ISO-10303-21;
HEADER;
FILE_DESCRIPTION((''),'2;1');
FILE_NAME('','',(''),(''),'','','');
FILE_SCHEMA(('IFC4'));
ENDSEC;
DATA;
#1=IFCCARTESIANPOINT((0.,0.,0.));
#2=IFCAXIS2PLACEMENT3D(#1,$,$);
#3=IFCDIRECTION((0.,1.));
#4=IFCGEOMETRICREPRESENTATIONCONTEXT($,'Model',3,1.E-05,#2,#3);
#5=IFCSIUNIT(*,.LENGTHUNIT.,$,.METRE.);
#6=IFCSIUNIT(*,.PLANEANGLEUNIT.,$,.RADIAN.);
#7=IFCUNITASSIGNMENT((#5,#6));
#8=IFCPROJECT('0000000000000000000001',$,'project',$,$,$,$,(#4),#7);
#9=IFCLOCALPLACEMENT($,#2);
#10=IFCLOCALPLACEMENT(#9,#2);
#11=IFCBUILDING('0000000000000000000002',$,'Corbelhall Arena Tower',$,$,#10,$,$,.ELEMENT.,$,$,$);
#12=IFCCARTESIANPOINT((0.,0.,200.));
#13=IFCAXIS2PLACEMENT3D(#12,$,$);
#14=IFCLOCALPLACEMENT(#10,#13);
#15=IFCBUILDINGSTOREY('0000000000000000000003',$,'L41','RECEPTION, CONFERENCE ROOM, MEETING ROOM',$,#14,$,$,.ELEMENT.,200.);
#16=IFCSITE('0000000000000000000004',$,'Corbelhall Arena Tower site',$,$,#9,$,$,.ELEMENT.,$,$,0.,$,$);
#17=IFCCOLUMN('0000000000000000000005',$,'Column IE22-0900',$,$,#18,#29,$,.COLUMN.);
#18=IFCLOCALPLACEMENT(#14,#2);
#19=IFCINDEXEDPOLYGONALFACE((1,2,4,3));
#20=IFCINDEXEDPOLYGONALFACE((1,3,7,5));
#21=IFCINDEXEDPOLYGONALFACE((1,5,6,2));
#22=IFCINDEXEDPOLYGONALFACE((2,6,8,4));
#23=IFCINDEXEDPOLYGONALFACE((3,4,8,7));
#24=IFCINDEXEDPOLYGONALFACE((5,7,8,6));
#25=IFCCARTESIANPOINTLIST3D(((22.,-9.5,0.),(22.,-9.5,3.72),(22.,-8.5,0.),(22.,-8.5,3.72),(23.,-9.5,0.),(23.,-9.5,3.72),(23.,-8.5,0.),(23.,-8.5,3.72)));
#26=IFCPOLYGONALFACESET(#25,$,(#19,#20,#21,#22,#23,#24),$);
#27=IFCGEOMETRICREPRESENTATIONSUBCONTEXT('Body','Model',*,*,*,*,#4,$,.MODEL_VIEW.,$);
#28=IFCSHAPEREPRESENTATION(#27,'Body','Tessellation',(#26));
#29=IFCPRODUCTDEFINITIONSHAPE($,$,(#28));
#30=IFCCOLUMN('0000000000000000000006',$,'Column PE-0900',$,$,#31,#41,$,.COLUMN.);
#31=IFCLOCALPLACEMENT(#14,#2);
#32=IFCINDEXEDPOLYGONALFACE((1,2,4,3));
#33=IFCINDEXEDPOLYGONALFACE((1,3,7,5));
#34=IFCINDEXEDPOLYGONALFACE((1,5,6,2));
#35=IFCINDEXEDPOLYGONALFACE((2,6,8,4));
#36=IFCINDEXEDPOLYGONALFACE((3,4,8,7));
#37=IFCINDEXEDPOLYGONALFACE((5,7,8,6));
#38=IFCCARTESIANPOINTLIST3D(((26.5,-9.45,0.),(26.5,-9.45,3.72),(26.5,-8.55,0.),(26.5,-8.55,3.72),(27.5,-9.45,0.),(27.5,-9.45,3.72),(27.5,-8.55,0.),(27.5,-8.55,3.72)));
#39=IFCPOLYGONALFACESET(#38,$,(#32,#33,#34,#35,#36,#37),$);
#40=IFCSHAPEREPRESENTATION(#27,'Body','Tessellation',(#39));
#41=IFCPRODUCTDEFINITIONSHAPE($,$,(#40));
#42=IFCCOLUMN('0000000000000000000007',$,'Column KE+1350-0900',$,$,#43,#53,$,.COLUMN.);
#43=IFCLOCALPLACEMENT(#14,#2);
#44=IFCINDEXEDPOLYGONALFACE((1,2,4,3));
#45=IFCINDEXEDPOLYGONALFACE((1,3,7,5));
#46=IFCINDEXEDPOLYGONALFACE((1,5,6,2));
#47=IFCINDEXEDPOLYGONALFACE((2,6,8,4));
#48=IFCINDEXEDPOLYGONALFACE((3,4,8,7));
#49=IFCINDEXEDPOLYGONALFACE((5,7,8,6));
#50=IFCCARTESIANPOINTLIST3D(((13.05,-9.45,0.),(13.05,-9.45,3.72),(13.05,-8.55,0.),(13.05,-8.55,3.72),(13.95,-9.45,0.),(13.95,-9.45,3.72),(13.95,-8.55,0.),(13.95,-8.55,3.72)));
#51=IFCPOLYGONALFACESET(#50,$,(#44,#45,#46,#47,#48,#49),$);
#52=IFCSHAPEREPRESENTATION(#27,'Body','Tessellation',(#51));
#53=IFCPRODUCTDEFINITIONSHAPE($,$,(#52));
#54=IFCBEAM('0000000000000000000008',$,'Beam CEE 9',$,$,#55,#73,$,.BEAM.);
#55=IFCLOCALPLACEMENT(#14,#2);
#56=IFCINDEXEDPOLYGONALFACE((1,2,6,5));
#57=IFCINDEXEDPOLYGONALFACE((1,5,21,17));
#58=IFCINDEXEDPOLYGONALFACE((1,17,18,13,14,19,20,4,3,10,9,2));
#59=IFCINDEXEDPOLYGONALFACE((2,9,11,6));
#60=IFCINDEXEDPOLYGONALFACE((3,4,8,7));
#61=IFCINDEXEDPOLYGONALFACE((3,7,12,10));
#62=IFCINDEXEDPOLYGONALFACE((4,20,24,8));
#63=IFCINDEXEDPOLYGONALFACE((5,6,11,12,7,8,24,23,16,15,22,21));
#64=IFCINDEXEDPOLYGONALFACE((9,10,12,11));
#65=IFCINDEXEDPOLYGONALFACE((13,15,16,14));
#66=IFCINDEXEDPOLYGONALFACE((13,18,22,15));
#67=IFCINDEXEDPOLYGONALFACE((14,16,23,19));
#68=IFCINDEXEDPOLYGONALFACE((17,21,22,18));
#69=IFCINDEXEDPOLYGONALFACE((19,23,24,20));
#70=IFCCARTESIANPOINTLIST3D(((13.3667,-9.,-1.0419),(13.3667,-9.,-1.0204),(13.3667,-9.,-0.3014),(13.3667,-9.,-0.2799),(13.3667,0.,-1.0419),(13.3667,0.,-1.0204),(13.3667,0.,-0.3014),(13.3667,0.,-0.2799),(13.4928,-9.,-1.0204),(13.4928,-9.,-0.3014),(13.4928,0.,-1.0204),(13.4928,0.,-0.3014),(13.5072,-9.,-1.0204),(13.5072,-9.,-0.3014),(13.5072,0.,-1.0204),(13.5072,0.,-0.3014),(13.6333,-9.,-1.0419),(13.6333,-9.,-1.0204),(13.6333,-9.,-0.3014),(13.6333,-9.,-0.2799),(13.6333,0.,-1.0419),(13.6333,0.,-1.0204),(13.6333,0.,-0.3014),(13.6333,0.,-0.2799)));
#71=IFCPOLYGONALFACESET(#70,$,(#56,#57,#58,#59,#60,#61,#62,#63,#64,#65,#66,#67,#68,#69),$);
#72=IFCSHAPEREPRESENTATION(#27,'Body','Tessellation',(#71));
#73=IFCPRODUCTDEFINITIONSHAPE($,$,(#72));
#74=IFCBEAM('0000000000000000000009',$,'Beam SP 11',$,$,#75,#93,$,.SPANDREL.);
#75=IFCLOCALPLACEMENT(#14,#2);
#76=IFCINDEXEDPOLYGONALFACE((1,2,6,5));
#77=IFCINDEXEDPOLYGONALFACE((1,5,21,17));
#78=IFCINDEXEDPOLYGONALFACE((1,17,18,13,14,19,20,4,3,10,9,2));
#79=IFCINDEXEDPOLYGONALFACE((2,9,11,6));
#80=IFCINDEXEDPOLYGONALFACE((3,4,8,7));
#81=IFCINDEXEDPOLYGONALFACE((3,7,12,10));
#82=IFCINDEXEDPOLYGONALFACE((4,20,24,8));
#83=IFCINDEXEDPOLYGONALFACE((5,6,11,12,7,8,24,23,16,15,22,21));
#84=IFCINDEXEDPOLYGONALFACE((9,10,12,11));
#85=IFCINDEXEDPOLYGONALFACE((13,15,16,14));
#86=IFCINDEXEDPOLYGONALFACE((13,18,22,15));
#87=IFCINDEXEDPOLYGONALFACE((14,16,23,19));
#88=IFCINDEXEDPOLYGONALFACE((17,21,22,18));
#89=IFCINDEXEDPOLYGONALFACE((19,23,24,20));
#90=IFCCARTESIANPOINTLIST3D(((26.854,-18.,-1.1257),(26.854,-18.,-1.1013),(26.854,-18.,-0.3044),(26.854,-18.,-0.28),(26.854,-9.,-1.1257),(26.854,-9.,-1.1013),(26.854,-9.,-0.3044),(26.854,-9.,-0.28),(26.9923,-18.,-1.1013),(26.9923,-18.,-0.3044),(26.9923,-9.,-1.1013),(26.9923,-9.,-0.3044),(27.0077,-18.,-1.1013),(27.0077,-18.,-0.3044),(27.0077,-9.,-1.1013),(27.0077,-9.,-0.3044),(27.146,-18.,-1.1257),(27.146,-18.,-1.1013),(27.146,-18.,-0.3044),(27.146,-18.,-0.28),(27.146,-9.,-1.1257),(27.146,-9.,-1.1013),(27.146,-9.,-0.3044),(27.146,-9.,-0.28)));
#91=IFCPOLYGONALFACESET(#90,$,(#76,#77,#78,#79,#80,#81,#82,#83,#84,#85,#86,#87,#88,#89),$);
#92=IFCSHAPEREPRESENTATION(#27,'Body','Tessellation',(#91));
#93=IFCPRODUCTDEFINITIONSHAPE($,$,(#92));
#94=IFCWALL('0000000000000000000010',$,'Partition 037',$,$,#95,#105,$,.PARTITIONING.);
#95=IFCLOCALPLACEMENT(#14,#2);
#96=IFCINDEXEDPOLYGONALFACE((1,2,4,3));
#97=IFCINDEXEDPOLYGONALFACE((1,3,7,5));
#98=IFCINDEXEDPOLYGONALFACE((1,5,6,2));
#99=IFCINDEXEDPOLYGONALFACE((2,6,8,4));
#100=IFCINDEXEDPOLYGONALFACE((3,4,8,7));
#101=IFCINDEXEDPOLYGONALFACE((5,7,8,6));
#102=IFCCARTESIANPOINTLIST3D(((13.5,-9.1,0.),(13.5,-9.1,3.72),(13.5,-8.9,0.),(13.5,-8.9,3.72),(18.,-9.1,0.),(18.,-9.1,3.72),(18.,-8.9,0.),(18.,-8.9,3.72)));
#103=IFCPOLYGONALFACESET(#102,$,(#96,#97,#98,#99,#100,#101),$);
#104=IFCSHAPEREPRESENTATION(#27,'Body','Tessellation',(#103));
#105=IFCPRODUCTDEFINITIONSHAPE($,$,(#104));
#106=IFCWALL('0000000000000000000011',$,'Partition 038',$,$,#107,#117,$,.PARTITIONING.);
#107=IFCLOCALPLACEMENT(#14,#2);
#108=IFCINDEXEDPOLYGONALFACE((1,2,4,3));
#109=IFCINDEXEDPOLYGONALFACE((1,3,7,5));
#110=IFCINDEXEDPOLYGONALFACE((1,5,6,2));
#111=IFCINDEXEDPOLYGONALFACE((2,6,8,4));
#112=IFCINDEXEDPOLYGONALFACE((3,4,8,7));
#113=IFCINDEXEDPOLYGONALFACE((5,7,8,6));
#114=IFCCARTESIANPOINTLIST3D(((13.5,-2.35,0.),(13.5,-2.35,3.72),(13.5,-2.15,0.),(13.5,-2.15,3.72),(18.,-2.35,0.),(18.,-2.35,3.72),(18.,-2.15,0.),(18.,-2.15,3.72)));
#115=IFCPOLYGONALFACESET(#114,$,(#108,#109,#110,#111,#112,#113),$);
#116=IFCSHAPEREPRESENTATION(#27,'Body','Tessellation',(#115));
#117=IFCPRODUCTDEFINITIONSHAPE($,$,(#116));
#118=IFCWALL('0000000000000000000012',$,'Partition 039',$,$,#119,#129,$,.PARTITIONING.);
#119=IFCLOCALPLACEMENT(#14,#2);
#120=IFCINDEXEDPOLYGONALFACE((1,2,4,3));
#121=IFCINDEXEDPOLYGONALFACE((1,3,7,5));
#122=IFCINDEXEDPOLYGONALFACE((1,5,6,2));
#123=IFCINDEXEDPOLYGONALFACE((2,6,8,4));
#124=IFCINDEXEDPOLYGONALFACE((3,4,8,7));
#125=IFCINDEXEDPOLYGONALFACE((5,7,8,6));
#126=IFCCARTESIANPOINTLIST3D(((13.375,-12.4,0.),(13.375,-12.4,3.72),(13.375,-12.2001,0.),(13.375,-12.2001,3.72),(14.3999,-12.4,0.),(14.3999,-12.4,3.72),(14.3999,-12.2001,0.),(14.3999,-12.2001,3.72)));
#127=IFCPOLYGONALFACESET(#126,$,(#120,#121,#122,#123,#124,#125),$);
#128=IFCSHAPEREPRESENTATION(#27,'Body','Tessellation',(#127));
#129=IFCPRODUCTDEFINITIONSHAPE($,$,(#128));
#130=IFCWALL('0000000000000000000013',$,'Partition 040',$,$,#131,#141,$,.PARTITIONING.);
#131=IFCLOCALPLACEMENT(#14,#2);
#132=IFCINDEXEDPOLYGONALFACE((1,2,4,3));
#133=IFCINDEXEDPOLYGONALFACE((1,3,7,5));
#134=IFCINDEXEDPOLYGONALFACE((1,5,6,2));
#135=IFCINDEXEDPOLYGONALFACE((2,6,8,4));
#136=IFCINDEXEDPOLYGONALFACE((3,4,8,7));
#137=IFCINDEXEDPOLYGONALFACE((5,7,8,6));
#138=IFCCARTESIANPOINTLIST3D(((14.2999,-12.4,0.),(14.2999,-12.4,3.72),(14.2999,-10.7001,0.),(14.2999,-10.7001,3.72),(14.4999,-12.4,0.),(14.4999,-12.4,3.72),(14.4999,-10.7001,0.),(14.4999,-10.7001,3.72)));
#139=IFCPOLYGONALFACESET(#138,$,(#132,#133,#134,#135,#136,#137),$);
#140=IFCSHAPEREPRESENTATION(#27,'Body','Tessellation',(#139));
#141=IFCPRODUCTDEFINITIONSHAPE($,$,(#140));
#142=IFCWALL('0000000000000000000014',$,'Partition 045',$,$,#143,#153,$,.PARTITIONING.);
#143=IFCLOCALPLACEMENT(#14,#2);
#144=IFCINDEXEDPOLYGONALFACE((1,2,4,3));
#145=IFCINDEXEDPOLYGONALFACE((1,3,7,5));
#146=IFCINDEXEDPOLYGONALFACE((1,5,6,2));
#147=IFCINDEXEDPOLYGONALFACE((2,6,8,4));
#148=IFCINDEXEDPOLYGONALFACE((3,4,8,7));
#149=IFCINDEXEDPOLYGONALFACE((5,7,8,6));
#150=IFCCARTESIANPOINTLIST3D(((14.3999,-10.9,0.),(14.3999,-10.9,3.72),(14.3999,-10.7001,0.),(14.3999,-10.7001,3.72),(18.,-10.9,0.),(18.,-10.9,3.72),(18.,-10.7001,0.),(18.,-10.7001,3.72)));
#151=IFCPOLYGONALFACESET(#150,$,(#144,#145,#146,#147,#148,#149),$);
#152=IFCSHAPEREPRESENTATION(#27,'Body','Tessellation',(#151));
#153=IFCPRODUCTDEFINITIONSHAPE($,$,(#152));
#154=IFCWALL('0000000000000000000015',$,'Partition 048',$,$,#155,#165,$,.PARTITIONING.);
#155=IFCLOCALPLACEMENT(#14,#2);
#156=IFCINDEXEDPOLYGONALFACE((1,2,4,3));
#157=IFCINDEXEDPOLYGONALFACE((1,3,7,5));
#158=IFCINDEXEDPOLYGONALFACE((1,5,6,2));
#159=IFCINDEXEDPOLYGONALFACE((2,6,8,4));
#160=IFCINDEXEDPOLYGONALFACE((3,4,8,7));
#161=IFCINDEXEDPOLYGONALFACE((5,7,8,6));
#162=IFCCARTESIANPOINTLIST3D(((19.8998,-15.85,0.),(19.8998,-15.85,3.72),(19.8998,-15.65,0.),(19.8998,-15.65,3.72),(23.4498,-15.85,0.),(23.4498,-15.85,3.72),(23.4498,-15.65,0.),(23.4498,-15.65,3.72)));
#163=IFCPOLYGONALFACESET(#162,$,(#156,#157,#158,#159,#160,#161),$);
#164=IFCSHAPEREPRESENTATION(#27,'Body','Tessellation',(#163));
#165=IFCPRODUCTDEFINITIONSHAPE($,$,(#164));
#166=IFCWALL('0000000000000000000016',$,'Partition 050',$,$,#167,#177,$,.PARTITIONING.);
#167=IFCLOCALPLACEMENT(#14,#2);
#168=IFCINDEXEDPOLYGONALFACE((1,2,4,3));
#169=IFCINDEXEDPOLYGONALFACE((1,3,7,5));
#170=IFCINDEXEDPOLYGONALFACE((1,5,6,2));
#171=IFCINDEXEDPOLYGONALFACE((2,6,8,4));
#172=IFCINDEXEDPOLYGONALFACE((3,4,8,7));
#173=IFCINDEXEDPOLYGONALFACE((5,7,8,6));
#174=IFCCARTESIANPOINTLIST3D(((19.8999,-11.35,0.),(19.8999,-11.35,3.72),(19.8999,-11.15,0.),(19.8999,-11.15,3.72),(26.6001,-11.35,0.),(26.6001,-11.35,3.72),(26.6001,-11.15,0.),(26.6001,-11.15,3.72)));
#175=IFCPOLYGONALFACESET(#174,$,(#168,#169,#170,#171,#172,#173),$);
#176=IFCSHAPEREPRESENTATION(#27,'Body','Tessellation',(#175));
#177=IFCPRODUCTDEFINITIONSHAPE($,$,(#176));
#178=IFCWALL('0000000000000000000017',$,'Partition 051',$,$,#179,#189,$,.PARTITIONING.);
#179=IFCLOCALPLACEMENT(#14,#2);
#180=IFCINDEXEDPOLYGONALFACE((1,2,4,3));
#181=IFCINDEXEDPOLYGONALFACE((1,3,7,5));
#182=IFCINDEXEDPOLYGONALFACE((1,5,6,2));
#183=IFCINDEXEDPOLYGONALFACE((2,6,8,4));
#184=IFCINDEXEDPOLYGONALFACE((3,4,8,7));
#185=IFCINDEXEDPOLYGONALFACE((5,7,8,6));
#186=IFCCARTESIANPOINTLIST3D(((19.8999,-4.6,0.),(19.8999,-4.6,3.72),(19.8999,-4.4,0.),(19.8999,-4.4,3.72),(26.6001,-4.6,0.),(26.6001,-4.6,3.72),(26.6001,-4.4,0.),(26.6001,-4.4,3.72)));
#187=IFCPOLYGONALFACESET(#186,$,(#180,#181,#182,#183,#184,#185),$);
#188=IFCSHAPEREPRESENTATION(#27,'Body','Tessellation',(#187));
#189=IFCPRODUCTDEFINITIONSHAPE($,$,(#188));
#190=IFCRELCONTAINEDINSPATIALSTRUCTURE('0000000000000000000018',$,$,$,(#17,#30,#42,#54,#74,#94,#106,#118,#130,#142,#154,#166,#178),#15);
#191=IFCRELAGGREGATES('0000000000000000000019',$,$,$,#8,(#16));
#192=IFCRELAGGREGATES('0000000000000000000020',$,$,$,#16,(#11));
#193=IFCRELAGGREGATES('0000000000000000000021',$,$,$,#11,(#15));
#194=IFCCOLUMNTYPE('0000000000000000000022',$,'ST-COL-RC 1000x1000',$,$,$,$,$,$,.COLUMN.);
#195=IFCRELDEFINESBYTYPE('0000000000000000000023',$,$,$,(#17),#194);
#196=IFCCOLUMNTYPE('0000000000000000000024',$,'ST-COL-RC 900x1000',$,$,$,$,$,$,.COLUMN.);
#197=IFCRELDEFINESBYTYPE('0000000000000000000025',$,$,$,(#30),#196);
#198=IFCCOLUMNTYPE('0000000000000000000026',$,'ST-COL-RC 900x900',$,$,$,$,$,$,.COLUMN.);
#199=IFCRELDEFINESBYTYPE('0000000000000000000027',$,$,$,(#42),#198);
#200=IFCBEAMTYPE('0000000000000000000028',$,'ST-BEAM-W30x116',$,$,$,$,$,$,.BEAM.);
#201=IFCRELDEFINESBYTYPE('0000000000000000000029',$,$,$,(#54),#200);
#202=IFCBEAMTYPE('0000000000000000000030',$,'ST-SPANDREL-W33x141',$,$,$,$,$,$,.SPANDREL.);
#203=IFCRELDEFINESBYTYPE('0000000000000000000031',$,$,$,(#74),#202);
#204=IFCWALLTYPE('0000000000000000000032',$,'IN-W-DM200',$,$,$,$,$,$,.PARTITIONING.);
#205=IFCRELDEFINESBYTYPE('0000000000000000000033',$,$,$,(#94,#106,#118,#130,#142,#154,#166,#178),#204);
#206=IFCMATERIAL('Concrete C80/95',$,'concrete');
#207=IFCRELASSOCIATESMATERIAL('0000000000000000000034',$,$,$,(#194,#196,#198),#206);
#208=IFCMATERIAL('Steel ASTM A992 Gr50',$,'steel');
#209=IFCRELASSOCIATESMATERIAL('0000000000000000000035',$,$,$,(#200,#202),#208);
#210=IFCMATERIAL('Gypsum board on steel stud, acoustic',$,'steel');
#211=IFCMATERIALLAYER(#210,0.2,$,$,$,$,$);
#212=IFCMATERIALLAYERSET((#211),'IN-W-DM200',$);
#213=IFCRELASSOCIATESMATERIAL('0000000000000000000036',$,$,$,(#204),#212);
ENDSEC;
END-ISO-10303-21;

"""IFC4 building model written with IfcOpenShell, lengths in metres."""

from ifc_helpers import new_model, si_unit, direction, frame, frame_2d, origin, origin_2d, place, context, subcontext, project, spatial, rectangle, i_section, extrude, material, layer, layer_set, material_profile, profile_set, type_object, element, save


model = new_model("IFC4")

# Units and contexts
model_context = context("Model", 3, precision=1e-05, world=origin(), true_north=direction((0.0, 1.0)))
body_context = subcontext(model_context, "Body", "Model", "MODEL_VIEW")
ifc_project = project(units=[si_unit("LENGTHUNIT", "METRE"), si_unit("PLANEANGLEUNIT", "RADIAN")], contexts=[model_context])

# Site, building, storey
site_placement = place(None, origin())
site = spatial("IfcSite", under=ifc_project, at=site_placement, Name="Corbelhall Arena Tower site", CompositionType="ELEMENT", RefElevation=0.0)
building_placement = place(site_placement, origin())
building = spatial("IfcBuilding", under=site, at=building_placement, Name="Corbelhall Arena Tower", CompositionType="ELEMENT")
storey_placement = place(building_placement, frame((0.0, 0.0, 200.0)))
storey = spatial("IfcBuildingStorey", under=building, at=storey_placement, Name="L41", Description="RECEPTION, CONFERENCE ROOM, MEETING ROOM", CompositionType="ELEMENT", Elevation=200.0)

# Columns
ifc_material_1 = material(Name="Concrete C80/95", Category="concrete")
ifc_material_profile_1 = material_profile(ifc_material_1, rectangle(XDim=1.0, YDim=1.0, at=origin_2d()))
ifc_profile_set_1 = profile_set([ifc_material_profile_1], Name="Concrete C80/95")
column_type_1 = type_object("IfcColumnType", Name="ST-COL-RC 1000x1000", PredefinedType="COLUMN", material=ifc_profile_set_1)
column_1_placement = place(storey_placement, frame((22.5, -9.0, 0.0), z_axis=(0.0, 0.0, 1.0), x_axis=(1.0, 0.0, 0.0)))
element("IfcColumn", 1, at=column_1_placement, inside=storey, type_object=column_type_1, Name="Column IE22-0900", PredefinedType="COLUMN", context=body_context, shape_type="SweptSolid", body=[
    extrude(rectangle(XDim=1.0, YDim=1.0, at=origin_2d()), origin(), (0.0, 0.0, 1.0), 3.72),
])
ifc_material_profile_2 = material_profile(ifc_material_1, rectangle(XDim=0.8999, YDim=1.0, at=origin_2d()))
ifc_profile_set_2 = profile_set([ifc_material_profile_2], Name="Concrete C80/95")
column_type_2 = type_object("IfcColumnType", Name="ST-COL-RC 900x1000", PredefinedType="COLUMN", material=ifc_profile_set_2)
column_2_placement = place(storey_placement, frame((27.0, -9.0, 0.0), z_axis=(0.0, 0.0, 1.0), x_axis=(0.0, 1.0, 0.0)))
element("IfcColumn", 2, at=column_2_placement, inside=storey, type_object=column_type_2, Name="Column PE-0900", PredefinedType="COLUMN", context=body_context, shape_type="SweptSolid", body=[
    extrude(rectangle(XDim=0.8999, YDim=1.0, at=origin_2d()), origin(), (0.0, 0.0, 1.0), 3.72),
])
ifc_material_profile_3 = material_profile(ifc_material_1, rectangle(XDim=0.8999, YDim=0.8999, at=origin_2d()))
ifc_profile_set_3 = profile_set([ifc_material_profile_3], Name="Concrete C80/95")
column_type_3 = type_object("IfcColumnType", Name="ST-COL-RC 900x900", PredefinedType="COLUMN", material=ifc_profile_set_3)
column_3_placement = place(storey_placement, frame((13.5, -9.0, 0.0), z_axis=(0.0, 0.0, 1.0), x_axis=(1.0, 0.0, 0.0)))
element("IfcColumn", 3, at=column_3_placement, inside=storey, type_object=column_type_3, Name="Column KE+1350-0900", PredefinedType="COLUMN", context=body_context, shape_type="SweptSolid", body=[
    extrude(rectangle(XDim=0.8999, YDim=0.8999, at=origin_2d()), origin(), (0.0, 0.0, 1.0), 3.72),
])

# Beams
ifc_material_2 = material(Name="Steel ASTM A992 Gr50", Category="steel")
ifc_material_profile_4 = material_profile(ifc_material_2, i_section(OverallWidth=0.2666, OverallDepth=0.762, WebThickness=0.0144, FlangeThickness=0.0215, at=origin_2d()))
ifc_profile_set_4 = profile_set([ifc_material_profile_4], Name="Steel ASTM A992 Gr50")
beam_type_1 = type_object("IfcBeamType", Name="ST-BEAM-W30x116", PredefinedType="BEAM", material=ifc_profile_set_4)
beam_1_placement = place(storey_placement, frame((13.5, -9.0, -0.6609), z_axis=(0.0, 1.0, 0.0), x_axis=(-1.0, 0.0, 0.0)))
element("IfcBeam", 4, at=beam_1_placement, inside=storey, type_object=beam_type_1, Name="Beam CEE 9", PredefinedType="BEAM", context=body_context, shape_type="SweptSolid", body=[
    extrude(i_section(OverallWidth=0.2666, OverallDepth=0.762, WebThickness=0.0144, FlangeThickness=0.0215, at=origin_2d()), origin(), (0.0, 0.0, 1.0), 9.0),
])
ifc_material_profile_5 = material_profile(ifc_material_2, i_section(OverallWidth=0.292, OverallDepth=0.8457, WebThickness=0.0154, FlangeThickness=0.0244, at=origin_2d()))
ifc_profile_set_5 = profile_set([ifc_material_profile_5], Name="Steel ASTM A992 Gr50")
beam_type_2 = type_object("IfcBeamType", Name="ST-SPANDREL-W33x141", PredefinedType="SPANDREL", material=ifc_profile_set_5)
beam_2_placement = place(storey_placement, frame((27.0, -9.0, -0.7029), z_axis=(0.0, -1.0, 0.0), x_axis=(1.0, 0.0, 0.0)))
element("IfcBeam", 5, at=beam_2_placement, inside=storey, type_object=beam_type_2, Name="Beam SP 11", PredefinedType="SPANDREL", context=body_context, shape_type="SweptSolid", body=[
    extrude(i_section(OverallWidth=0.292, OverallDepth=0.8457, WebThickness=0.0154, FlangeThickness=0.0244, at=origin_2d()), origin(), (0.0, 0.0, 1.0), 9.0),
])

# Walls
ifc_material_3 = material(Name="Gypsum board on steel stud, acoustic", Category="steel")
ifc_layer_1 = layer(ifc_material_3, 0.2)
ifc_layer_set_1 = layer_set([ifc_layer_1], Name="IN-W-DM200")
wall_type_1 = type_object("IfcWallType", Name="IN-W-DM200", PredefinedType="PARTITIONING", material=ifc_layer_set_1)
for number, where, z_axis, x_axis, name in (
    (6, (13.5, -9.0, 0.0), (0.0, 0.0, 1.0), (1.0, 0.0, 0.0), "Partition 037"),
    (7, (13.5, -2.25, 0.0), (0.0, 0.0, 1.0), (1.0, 0.0, 0.0), "Partition 038"),
):
    element("IfcWall", number, at=place(storey_placement, frame(where, z_axis=z_axis, x_axis=x_axis)), inside=storey, type_object=wall_type_1, Name=name, PredefinedType="PARTITIONING", context=body_context, shape_type="SweptSolid", body=[
        extrude(rectangle(XDim=4.5, YDim=0.2, at=frame_2d((2.25, 0.0))), origin(), (0.0, 0.0, 1.0), 3.72),
    ])
wall_1_placement = place(storey_placement, frame((14.3999, -12.3, 0.0), z_axis=(0.0, 0.0, 1.0), x_axis=(-1.0, 0.0, 0.0)))
element("IfcWall", 8, at=wall_1_placement, inside=storey, type_object=wall_type_1, Name="Partition 039", PredefinedType="PARTITIONING", context=body_context, shape_type="SweptSolid", body=[
    extrude(rectangle(XDim=1.0249, YDim=0.2, at=frame_2d((0.5125, 0.0))), origin(), (0.0, 0.0, 1.0), 3.72),
])
wall_2_placement = place(storey_placement, frame((14.3999, -10.7, 0.0), z_axis=(0.0, 0.0, 1.0), x_axis=(0.0, -1.0, 0.0)))
element("IfcWall", 9, at=wall_2_placement, inside=storey, type_object=wall_type_1, Name="Partition 040", PredefinedType="PARTITIONING", context=body_context, shape_type="SweptSolid", body=[
    extrude(rectangle(XDim=1.7, YDim=0.2, at=frame_2d((0.8501, 0.0))), origin(), (0.0, 0.0, 1.0), 3.72),
])
wall_3_placement = place(storey_placement, frame((18.0, -10.8, 0.0), z_axis=(0.0, 0.0, 1.0), x_axis=(-1.0, 0.0, 0.0)))
element("IfcWall", 10, at=wall_3_placement, inside=storey, type_object=wall_type_1, Name="Partition 045", PredefinedType="PARTITIONING", context=body_context, shape_type="SweptSolid", body=[
    extrude(rectangle(XDim=3.6001, YDim=0.2, at=frame_2d((1.8, 0.0))), origin(), (0.0, 0.0, 1.0), 3.72),
])

# Walls
wall_4_placement = place(storey_placement, frame((19.8999, -15.75, 0.0), z_axis=(0.0, 0.0, 1.0), x_axis=(1.0, 0.0, 0.0)))
element("IfcWall", 11, at=wall_4_placement, inside=storey, type_object=wall_type_1, Name="Partition 048", PredefinedType="PARTITIONING", context=body_context, shape_type="SweptSolid", body=[
    extrude(rectangle(XDim=3.55, YDim=0.2, at=frame_2d((1.7749, 0.0))), origin(), (0.0, 0.0, 1.0), 3.72),
])
for number, where, z_axis, x_axis, name in (
    (12, (19.8999, -11.25, 0.0), (0.0, 0.0, 1.0), (1.0, 0.0, 0.0), "Partition 050"),
    (13, (19.8999, -4.5, 0.0), (0.0, 0.0, 1.0), (1.0, 0.0, 0.0), "Partition 051"),
):
    element("IfcWall", number, at=place(storey_placement, frame(where, z_axis=z_axis, x_axis=x_axis)), inside=storey, type_object=wall_type_1, Name=name, PredefinedType="PARTITIONING", context=body_context, shape_type="SweptSolid", body=[
        extrude(rectangle(XDim=6.7002, YDim=0.2, at=frame_2d((3.3501, 0.0))), origin(), (0.0, 0.0, 1.0), 3.72),
    ])

save(model, "model.ifc")
